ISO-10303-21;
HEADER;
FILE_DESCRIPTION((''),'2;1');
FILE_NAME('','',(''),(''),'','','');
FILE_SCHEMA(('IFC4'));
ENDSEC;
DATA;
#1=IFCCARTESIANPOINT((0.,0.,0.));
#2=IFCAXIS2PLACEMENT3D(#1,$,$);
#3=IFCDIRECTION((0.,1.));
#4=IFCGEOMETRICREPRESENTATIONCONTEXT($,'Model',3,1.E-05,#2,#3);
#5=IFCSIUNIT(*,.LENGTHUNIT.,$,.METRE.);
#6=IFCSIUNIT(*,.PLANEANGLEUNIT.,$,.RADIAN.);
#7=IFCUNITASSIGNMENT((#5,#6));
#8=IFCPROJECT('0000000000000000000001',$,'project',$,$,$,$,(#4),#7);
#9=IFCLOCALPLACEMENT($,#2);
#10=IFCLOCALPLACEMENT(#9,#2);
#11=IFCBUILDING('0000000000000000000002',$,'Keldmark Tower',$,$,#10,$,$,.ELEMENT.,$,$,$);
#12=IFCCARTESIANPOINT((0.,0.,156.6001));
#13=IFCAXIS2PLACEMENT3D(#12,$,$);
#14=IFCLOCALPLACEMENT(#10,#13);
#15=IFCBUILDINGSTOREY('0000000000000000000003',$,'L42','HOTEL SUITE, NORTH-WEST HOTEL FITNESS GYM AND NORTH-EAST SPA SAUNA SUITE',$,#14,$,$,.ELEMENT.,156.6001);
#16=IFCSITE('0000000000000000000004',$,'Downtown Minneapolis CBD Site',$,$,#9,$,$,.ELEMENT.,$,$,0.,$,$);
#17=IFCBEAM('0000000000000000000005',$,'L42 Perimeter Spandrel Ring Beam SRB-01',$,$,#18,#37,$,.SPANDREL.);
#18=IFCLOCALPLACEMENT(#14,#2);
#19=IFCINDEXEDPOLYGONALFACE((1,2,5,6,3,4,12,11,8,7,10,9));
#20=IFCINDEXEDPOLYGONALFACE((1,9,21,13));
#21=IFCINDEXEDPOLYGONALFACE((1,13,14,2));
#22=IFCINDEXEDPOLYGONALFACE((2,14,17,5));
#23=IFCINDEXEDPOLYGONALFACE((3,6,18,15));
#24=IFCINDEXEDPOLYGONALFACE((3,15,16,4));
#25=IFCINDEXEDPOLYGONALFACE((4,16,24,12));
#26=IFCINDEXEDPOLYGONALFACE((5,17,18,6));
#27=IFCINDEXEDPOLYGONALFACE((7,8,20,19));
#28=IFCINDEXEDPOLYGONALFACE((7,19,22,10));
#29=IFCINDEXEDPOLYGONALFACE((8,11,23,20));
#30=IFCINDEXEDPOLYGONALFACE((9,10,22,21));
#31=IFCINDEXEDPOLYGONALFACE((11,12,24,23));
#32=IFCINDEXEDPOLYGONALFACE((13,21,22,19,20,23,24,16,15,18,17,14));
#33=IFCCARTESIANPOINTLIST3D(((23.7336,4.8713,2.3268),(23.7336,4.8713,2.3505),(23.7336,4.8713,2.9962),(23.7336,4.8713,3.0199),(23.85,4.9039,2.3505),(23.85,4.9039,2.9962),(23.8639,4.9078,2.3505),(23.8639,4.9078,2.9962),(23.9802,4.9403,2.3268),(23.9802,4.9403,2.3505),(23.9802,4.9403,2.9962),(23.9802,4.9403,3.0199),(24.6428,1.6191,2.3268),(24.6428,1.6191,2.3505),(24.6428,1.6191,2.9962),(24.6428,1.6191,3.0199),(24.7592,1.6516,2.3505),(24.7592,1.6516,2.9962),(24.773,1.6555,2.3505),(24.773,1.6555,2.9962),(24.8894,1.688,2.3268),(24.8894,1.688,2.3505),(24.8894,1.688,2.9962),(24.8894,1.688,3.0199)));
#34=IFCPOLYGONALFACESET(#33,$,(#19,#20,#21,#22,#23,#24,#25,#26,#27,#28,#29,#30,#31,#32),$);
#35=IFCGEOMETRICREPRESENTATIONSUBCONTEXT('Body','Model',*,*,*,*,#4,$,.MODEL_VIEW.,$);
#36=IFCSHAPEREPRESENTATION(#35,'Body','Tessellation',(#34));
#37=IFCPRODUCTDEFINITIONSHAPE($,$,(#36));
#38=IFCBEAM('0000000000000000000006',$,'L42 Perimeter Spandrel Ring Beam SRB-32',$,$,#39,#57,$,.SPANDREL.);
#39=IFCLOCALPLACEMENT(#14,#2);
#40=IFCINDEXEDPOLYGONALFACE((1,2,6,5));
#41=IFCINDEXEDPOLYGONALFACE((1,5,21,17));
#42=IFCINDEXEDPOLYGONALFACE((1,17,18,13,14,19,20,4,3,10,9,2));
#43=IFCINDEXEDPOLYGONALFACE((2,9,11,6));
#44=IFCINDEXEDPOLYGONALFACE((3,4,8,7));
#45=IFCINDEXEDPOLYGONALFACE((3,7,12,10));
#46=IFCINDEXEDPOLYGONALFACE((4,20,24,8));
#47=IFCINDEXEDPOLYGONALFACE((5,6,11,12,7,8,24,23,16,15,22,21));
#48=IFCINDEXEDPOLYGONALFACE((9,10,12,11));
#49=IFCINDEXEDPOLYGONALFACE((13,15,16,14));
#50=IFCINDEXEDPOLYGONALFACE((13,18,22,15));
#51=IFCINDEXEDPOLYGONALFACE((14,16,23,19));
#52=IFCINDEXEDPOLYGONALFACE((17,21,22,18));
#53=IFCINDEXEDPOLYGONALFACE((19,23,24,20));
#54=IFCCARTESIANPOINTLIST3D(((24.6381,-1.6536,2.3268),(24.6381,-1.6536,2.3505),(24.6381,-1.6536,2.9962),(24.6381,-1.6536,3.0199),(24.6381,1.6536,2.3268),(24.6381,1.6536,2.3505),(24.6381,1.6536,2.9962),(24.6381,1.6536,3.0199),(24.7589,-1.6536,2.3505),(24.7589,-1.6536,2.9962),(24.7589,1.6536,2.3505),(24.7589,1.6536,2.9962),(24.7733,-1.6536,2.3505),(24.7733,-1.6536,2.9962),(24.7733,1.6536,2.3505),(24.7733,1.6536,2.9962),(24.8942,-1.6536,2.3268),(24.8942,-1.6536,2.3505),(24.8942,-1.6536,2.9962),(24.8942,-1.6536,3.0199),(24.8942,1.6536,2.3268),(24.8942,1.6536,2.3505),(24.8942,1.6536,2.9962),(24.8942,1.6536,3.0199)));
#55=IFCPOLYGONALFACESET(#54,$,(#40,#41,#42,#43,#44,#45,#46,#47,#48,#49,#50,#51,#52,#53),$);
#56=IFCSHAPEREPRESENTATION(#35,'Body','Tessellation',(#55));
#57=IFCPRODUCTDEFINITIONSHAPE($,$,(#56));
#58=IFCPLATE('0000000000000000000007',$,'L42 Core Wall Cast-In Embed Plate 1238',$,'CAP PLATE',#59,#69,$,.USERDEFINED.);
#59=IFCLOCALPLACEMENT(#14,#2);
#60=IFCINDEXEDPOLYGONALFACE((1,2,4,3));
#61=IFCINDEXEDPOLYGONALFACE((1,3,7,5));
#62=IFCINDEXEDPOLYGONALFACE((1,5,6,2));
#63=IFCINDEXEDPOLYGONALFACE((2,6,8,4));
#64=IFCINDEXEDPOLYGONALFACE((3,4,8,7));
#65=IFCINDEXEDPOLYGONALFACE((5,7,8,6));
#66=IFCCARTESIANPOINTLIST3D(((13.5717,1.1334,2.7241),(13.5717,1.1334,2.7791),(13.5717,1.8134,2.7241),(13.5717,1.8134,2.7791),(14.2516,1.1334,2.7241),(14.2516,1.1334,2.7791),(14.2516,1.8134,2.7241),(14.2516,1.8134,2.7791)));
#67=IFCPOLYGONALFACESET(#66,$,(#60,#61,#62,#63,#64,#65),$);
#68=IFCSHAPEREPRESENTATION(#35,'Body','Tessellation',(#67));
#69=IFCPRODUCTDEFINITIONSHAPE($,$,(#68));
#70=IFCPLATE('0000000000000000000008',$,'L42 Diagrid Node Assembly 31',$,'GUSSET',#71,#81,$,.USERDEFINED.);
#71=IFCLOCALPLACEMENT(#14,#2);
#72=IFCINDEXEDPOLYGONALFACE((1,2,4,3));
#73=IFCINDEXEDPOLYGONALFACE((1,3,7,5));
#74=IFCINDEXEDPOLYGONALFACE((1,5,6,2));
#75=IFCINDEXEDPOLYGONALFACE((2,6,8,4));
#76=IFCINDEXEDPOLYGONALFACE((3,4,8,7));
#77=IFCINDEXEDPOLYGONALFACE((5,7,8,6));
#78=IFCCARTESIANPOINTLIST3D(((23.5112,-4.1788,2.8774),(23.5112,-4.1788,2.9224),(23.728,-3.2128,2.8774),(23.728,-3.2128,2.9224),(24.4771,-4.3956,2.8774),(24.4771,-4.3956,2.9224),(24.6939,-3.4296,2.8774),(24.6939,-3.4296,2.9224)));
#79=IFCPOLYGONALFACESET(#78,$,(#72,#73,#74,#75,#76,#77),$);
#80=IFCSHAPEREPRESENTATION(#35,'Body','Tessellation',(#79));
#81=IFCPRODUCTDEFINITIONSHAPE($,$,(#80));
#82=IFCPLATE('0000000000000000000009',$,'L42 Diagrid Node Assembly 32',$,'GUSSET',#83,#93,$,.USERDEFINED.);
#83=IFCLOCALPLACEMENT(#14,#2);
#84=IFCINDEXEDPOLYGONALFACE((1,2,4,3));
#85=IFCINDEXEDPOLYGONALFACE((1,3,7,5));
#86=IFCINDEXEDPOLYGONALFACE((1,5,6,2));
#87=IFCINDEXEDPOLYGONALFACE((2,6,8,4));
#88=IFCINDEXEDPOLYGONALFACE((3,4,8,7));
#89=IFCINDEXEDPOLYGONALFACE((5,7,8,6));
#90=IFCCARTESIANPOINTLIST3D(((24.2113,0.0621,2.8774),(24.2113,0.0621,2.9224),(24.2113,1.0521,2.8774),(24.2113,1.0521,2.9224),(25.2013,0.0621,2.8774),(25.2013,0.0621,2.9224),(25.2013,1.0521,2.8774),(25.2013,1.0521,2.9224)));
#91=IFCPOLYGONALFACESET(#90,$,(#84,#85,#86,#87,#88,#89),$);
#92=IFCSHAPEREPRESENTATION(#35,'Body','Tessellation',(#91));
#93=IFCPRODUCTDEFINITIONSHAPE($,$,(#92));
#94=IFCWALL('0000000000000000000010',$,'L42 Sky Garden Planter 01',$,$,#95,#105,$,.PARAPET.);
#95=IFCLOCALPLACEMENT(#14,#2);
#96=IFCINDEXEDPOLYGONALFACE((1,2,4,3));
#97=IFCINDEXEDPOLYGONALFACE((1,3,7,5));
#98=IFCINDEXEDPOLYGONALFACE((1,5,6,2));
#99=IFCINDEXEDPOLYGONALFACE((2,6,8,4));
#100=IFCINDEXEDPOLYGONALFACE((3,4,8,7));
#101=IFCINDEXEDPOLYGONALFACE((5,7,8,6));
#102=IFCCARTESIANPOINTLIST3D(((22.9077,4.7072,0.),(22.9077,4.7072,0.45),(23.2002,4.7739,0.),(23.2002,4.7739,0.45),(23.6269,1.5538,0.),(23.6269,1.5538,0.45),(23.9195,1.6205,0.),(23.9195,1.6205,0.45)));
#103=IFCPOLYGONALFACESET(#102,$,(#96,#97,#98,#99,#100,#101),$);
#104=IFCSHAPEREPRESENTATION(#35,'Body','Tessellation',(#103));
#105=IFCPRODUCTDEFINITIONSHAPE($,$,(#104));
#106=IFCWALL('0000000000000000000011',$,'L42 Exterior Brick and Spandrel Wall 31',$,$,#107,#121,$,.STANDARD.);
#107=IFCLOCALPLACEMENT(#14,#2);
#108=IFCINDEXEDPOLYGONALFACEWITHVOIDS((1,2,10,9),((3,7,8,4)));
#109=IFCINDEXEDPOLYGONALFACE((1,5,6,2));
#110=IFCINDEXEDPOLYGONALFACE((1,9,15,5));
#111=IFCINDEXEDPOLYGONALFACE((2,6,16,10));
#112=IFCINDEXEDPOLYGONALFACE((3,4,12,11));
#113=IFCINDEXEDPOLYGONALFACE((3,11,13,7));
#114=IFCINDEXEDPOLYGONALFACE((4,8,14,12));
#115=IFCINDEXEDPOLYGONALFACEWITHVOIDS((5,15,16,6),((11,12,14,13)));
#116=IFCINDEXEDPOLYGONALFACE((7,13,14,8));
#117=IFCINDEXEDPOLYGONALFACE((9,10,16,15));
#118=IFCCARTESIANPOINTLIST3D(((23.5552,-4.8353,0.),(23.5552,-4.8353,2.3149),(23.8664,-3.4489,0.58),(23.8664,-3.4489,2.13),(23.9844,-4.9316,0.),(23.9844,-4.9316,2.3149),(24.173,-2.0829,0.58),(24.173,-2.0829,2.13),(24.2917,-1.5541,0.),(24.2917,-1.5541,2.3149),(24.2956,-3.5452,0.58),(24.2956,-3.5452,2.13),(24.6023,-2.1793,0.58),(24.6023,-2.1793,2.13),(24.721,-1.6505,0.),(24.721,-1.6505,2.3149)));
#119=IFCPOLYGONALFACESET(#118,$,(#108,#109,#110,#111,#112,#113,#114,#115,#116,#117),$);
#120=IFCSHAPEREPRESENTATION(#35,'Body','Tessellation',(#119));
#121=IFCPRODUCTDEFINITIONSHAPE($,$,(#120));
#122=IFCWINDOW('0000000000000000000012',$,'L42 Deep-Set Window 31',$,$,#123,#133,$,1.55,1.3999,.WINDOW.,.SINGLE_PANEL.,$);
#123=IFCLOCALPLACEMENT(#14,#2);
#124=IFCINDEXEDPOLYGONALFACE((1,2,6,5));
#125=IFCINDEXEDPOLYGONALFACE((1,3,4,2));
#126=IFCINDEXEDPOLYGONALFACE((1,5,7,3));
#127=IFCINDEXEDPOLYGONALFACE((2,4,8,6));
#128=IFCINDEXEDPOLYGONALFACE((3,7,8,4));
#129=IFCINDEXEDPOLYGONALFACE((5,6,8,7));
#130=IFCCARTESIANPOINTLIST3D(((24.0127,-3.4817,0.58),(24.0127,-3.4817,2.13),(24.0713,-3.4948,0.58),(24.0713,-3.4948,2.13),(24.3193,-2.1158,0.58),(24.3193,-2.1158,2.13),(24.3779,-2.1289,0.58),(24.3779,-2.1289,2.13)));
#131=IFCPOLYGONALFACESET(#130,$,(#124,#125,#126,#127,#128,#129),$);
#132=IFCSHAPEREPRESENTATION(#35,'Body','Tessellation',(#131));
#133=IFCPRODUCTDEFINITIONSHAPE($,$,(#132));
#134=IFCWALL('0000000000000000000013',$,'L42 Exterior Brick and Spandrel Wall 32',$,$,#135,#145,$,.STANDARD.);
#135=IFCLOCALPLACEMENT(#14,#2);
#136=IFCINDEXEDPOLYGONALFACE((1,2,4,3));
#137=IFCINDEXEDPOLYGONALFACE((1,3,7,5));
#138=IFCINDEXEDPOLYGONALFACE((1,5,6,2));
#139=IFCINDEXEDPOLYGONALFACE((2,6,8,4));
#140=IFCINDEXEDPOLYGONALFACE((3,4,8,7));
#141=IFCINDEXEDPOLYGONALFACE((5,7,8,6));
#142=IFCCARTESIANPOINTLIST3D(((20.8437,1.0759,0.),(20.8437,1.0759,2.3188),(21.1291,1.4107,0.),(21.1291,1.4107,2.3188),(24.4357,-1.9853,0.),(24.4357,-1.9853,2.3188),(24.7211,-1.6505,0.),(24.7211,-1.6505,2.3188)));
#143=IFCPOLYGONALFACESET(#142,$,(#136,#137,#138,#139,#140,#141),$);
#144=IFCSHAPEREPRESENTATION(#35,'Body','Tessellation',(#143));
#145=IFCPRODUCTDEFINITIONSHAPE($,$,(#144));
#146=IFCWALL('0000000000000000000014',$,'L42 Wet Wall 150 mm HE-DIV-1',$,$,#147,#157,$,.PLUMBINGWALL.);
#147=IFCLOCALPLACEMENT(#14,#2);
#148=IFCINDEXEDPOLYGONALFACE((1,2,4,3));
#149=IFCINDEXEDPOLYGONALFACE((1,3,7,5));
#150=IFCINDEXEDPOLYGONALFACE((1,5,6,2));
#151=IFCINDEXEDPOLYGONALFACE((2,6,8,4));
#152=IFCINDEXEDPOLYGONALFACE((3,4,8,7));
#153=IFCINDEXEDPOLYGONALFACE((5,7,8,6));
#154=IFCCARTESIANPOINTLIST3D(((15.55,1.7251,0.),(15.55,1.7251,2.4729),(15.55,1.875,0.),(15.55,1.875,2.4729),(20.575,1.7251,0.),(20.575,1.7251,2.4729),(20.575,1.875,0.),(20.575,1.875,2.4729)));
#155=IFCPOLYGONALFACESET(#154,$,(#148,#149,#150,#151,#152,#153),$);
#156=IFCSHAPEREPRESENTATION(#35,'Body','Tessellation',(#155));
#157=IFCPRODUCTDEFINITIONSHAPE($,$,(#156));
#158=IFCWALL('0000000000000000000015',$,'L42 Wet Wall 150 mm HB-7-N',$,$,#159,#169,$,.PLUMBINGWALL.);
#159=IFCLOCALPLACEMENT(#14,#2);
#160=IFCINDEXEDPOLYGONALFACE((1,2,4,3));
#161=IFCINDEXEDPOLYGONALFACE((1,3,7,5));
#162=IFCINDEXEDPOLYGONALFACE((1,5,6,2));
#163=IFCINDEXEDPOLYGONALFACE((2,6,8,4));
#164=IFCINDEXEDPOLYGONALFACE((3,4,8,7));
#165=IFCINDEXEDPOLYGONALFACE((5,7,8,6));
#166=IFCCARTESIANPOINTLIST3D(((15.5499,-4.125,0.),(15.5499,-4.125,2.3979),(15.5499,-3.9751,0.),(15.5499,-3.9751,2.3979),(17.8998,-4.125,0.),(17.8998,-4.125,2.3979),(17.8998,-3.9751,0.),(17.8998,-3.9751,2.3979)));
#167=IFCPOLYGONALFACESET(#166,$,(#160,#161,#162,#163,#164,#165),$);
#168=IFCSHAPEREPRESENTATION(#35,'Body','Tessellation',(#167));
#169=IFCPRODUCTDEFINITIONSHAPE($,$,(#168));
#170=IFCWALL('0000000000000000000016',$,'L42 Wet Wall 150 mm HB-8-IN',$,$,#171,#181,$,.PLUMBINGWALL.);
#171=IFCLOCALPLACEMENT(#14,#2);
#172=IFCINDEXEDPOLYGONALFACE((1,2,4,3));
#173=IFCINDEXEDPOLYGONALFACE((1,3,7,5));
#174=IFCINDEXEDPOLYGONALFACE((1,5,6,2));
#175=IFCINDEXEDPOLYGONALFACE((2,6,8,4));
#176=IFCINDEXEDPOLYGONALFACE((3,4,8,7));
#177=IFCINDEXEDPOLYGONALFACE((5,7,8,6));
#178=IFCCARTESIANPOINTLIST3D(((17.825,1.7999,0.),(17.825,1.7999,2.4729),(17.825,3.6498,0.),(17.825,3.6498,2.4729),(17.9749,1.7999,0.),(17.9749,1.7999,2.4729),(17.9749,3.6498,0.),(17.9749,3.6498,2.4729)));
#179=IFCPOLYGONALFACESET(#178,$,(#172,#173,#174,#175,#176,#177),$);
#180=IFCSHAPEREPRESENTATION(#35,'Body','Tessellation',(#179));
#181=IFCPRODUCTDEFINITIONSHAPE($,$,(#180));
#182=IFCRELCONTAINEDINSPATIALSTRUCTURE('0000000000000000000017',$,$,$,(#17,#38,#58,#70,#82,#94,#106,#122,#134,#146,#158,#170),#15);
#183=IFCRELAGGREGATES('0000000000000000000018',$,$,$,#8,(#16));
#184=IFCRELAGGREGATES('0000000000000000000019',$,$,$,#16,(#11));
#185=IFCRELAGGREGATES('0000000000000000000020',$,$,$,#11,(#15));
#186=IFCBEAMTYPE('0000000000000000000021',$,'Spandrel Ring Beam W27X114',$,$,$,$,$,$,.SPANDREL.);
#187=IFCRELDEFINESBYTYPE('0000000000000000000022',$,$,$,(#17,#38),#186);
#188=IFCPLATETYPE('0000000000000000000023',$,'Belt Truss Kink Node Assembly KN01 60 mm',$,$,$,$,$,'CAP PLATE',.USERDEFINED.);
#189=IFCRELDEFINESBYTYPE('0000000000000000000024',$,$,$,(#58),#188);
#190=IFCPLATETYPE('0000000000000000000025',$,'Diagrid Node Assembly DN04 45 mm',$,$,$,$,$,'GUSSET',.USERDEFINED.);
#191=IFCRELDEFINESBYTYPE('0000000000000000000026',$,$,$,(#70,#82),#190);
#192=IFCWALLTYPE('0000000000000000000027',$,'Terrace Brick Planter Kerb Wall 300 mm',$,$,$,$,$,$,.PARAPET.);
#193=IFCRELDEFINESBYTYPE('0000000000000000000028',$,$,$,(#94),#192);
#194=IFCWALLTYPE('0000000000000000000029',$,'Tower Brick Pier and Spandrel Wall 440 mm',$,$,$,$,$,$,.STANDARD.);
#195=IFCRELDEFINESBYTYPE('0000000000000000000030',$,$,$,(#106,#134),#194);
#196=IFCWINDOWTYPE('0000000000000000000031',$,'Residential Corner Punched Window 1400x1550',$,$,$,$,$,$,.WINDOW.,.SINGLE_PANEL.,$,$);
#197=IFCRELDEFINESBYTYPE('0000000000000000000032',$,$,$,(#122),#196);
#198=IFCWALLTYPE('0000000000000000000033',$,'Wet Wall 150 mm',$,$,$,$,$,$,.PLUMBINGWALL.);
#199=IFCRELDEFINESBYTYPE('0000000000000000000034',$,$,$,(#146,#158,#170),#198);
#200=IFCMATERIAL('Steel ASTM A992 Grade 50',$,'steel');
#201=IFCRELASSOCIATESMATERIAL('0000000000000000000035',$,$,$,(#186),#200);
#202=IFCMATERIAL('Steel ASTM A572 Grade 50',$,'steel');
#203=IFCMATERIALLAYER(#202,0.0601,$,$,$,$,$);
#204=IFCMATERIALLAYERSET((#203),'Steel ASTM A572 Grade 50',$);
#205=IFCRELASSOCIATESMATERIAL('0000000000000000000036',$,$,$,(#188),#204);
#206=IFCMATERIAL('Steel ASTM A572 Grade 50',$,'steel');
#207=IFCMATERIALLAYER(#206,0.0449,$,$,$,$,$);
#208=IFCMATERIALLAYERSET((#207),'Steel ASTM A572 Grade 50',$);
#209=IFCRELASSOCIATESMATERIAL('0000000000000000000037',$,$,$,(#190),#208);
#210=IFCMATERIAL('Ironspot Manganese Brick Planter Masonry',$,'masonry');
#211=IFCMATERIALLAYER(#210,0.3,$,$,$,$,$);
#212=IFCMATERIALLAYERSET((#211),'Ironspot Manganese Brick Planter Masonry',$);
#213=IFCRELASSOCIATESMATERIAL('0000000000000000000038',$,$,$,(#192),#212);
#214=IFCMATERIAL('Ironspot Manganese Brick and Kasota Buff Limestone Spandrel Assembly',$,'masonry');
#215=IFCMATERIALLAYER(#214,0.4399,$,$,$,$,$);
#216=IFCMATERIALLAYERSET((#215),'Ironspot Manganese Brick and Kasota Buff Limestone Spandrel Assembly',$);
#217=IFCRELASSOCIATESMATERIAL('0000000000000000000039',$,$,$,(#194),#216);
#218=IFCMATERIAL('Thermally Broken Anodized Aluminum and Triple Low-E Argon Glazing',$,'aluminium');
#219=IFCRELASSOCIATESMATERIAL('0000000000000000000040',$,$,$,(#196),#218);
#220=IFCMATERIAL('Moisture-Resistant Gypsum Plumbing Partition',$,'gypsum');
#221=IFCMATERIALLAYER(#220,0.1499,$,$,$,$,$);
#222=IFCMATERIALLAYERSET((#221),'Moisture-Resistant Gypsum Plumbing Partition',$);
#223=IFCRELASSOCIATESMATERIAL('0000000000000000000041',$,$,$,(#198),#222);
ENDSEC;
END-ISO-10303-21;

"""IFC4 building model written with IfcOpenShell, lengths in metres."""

from ifc_helpers import new_model, si_unit, direction, frame, frame_2d, origin, origin_2d, place, context, subcontext, project, spatial, rectangle, i_section, extrude, material, layer, layer_set, material_profile, profile_set, type_object, element, fill, save


model = new_model("IFC4")

# Units and contexts
model_context = context("Model", 3, precision=1e-05, world=origin(), true_north=direction((0.0, 1.0)))
body_context = subcontext(model_context, "Body", "Model", "MODEL_VIEW")
ifc_project = project(units=[si_unit("LENGTHUNIT", "METRE"), si_unit("PLANEANGLEUNIT", "RADIAN")], contexts=[model_context])

# Site, building, storey
site_placement = place(None, origin())
site = spatial("IfcSite", under=ifc_project, at=site_placement, Name="Downtown Minneapolis CBD Site", CompositionType="ELEMENT", RefElevation=0.0)
building_placement = place(site_placement, origin())
building = spatial("IfcBuilding", under=site, at=building_placement, Name="Keldmark Tower", CompositionType="ELEMENT")
storey_placement = place(building_placement, frame((0.0, 0.0, 156.6001)))
storey = spatial("IfcBuildingStorey", under=building, at=storey_placement, Name="L42", Description="HOTEL SUITE, NORTH-WEST HOTEL FITNESS GYM AND NORTH-EAST SPA SAUNA SUITE", CompositionType="ELEMENT", Elevation=156.6001)

# Beams
ifc_material_1 = material(Name="Steel ASTM A992 Grade 50", Category="steel")
ifc_material_profile_1 = material_profile(ifc_material_1, i_section(OverallWidth=0.2561, OverallDepth=0.6931, WebThickness=0.0144, FlangeThickness=0.0237, at=origin_2d()), Name="W27X114")
ifc_profile_set_1 = profile_set([ifc_material_profile_1], Name="Steel ASTM A992 Grade 50")
beam_type_1 = type_object("IfcBeamType", Name="Spandrel Ring Beam W27X114", PredefinedType="SPANDREL", material=ifc_profile_set_1)
beam_1_placement = place(storey_placement, frame((24.7661, 1.6536, 2.6733), z_axis=(-0.269236, 0.963074, 0.0), x_axis=(-0.963074, -0.269236, 0.0)))
element("IfcBeam", 1, at=beam_1_placement, inside=storey, type_object=beam_type_1, Name="L42 Perimeter Spandrel Ring Beam SRB-01", PredefinedType="SPANDREL", context=body_context, shape_type="SweptSolid", body=[
    extrude(i_section(OverallWidth=0.2561, OverallDepth=0.6931, WebThickness=0.0144, FlangeThickness=0.0237, at=origin_2d()), origin(), (0.0, 0.0, 1.0), 3.377),
])
beam_2_placement = place(storey_placement, frame((24.7661, -1.6536, 2.6733), z_axis=(0.0, 1.0, 0.0), x_axis=(-1.0, 0.0, 0.0)))
element("IfcBeam", 2, at=beam_2_placement, inside=storey, type_object=beam_type_1, Name="L42 Perimeter Spandrel Ring Beam SRB-32", PredefinedType="SPANDREL", context=body_context, shape_type="SweptSolid", body=[
    extrude(i_section(OverallWidth=0.2561, OverallDepth=0.6931, WebThickness=0.0144, FlangeThickness=0.0237, at=origin_2d()), origin(), (0.0, 0.0, 1.0), 3.3071),
])

# Plates
ifc_material_2 = material(Name="Steel ASTM A572 Grade 50", Category="steel")
ifc_layer_1 = layer(ifc_material_2, 0.0601)
ifc_layer_set_1 = layer_set([ifc_layer_1], Name="Steel ASTM A572 Grade 50")
plate_type_1 = type_object("IfcPlateType", Name="Belt Truss Kink Node Assembly KN01 60 mm", ElementType="CAP PLATE", PredefinedType="USERDEFINED", material=ifc_layer_set_1)
plate_placement = place(storey_placement, frame((13.9116, 1.4734, 2.7241), z_axis=(0.0, 0.0, 1.0), x_axis=(1.0, 0.0, 0.0)))
element("IfcPlate", 3, at=plate_placement, inside=storey, type_object=plate_type_1, Name="L42 Core Wall Cast-In Embed Plate 1238", ObjectType="CAP PLATE", PredefinedType="USERDEFINED", context=body_context, shape_type="SweptSolid", body=[
    extrude(rectangle(XDim=0.6799, YDim=0.6799, at=origin_2d()), origin(), (0.0, 0.0, 1.0), 0.0549),
])
ifc_material_3 = material(Name="Steel ASTM A572 Grade 50", Category="steel")
ifc_layer_2 = layer(ifc_material_3, 0.0449)
ifc_layer_set_2 = layer_set([ifc_layer_2], Name="Steel ASTM A572 Grade 50")
plate_type_2 = type_object("IfcPlateType", Name="Diagrid Node Assembly DN04 45 mm", ElementType="GUSSET", PredefinedType="USERDEFINED", material=ifc_layer_set_2)
for number, where, z_axis, x_axis, name in (
    (4, (24.1025, -3.8042, 2.8774), (0.0, 0.0, 1.0), (0.218995, 0.975726, 0.0), "L42 Diagrid Node Assembly 31"),
    (5, (24.7063, 0.5571, 2.8774), (0.0, 0.0, 1.0), (0.0, 1.0, 0.0), "L42 Diagrid Node Assembly 32"),
):
    element("IfcPlate", number, at=place(storey_placement, frame(where, z_axis=z_axis, x_axis=x_axis)), inside=storey, type_object=plate_type_2, Name=name, ObjectType="GUSSET", PredefinedType="USERDEFINED", context=body_context, shape_type="SweptSolid", body=[
        extrude(rectangle(XDim=0.99, YDim=0.99, at=origin_2d()), origin(), (0.0, 0.0, 1.0), 0.0449),
    ])

# Wall
ifc_material_4 = material(Name="Ironspot Manganese Brick Planter Masonry", Category="masonry")
ifc_layer_3 = layer(ifc_material_4, 0.3)
ifc_layer_set_3 = layer_set([ifc_layer_3], Name="Ironspot Manganese Brick Planter Masonry")
wall_type_1 = type_object("IfcWallType", Name="Terrace Brick Planter Kerb Wall 300 mm", PredefinedType="PARAPET", material=ifc_layer_set_3)
wall_1_placement = place(storey_placement, frame((23.7732, 1.5872, 0.0), z_axis=(0.0, 0.0, 1.0), x_axis=(-0.222378, 0.974961, 0.0)))
element("IfcWall", 6, at=wall_1_placement, inside=storey, type_object=wall_type_1, Name="L42 Sky Garden Planter 01", PredefinedType="PARAPET", context=body_context, shape_type="SweptSolid", body=[
    extrude(rectangle(XDim=3.2344, YDim=0.3, at=frame_2d((1.6172, 0.0))), origin(), (0.0, 0.0, 1.0), 0.45),
])

# Wall, opening, window
ifc_material_5 = material(Name="Ironspot Manganese Brick and Kasota Buff Limestone Spandrel Assembly", Category="masonry")
ifc_layer_4 = layer(ifc_material_5, 0.4399)
ifc_layer_set_4 = layer_set([ifc_layer_4], Name="Ironspot Manganese Brick and Kasota Buff Limestone Spandrel Assembly")
wall_type_2 = type_object("IfcWallType", Name="Tower Brick Pier and Spandrel Wall 440 mm", PredefinedType="STANDARD", material=ifc_layer_set_4)
wall_2_placement = place(storey_placement, frame((24.5063, -1.6023, 0.0), z_axis=(0.0, 0.0, 1.0), x_axis=(-0.219028, -0.975718, 0.0)))
wall_2 = element("IfcWall", 7, at=wall_2_placement, inside=storey, type_object=wall_type_2, Name="L42 Exterior Brick and Spandrel Wall 31", PredefinedType="STANDARD", context=body_context, shape_type="SweptSolid", body=[
    extrude(rectangle(XDim=3.3628, YDim=0.4399, at=frame_2d((1.6814, 0.0))), origin(), (0.0, 0.0, 1.0), 2.3149),
])
opening_1_placement = place(wall_2_placement, frame((0.542, 0.0, 0.5801)))
opening_1 = element("IfcOpeningElement", 8, at=opening_1_placement, cuts=wall_2, PredefinedType="OPENING", context=body_context, shape_type="SweptSolid", body=[
    extrude(rectangle(XDim=1.3999, YDim=1.55, at=frame_2d((0.7, 0.7749))), frame((0.0, 0.23, 0.0), z_axis=(0.0, -1.0, 0.0), x_axis=(1.0, 0.0, 0.0)), (0.0, 0.0, 1.0), 0.46),
])
ifc_material_6 = material(Name="Thermally Broken Anodized Aluminum and Triple Low-E Argon Glazing", Category="aluminium")
window_type = type_object("IfcWindowType", Name="Residential Corner Punched Window 1400x1550", PartitioningType="SINGLE_PANEL", PredefinedType="WINDOW", material=ifc_material_6)
window_placement = place(opening_1_placement, origin())
window = element("IfcWindow", 9, at=window_placement, inside=storey, type_object=window_type, Name="L42 Deep-Set Window 31", OverallHeight=1.55, OverallWidth=1.3999, PartitioningType="SINGLE_PANEL", PredefinedType="WINDOW", context=body_context, shape_type="SweptSolid", body=[
    extrude(rectangle(XDim=1.3999, YDim=1.55, at=frame_2d((0.7, 0.7749))), frame((0.0, -0.01, 0.0), z_axis=(0.0, -1.0, 0.0), x_axis=(1.0, 0.0, 0.0)), (0.0, 0.0, 1.0), 0.0601),
])
fill(opening_1, window)

# Wall
wall_3_placement = place(storey_placement, frame((20.9863, 1.2434, 0.0), z_axis=(0.0, 0.0, 1.0), x_axis=(0.761098, -0.648637, 0.0)))
element("IfcWall", 10, at=wall_3_placement, inside=storey, type_object=wall_type_2, Name="L42 Exterior Brick and Spandrel Wall 32", PredefinedType="STANDARD", context=body_context, shape_type="SweptSolid", body=[
    extrude(rectangle(XDim=4.7195, YDim=0.4399, at=frame_2d((2.3599, 0.0))), origin(), (0.0, 0.0, 1.0), 2.3188),
])

# Walls
ifc_material_7 = material(Name="Moisture-Resistant Gypsum Plumbing Partition", Category="gypsum")
ifc_layer_5 = layer(ifc_material_7, 0.1499)
ifc_layer_set_5 = layer_set([ifc_layer_5], Name="Moisture-Resistant Gypsum Plumbing Partition")
wall_type_3 = type_object("IfcWallType", Name="Wet Wall 150 mm", PredefinedType="PLUMBINGWALL", material=ifc_layer_set_5)
wall_4_placement = place(storey_placement, frame((15.55, 1.8, 0.0), z_axis=(0.0, 0.0, 1.0), x_axis=(1.0, 0.0, 0.0)))
element("IfcWall", 11, at=wall_4_placement, inside=storey, type_object=wall_type_3, Name="L42 Wet Wall 150 mm HE-DIV-1", PredefinedType="PLUMBINGWALL", context=body_context, shape_type="SweptSolid", body=[
    extrude(rectangle(XDim=5.0249, YDim=0.1499, at=frame_2d((2.5125, 0.0))), origin(), (0.0, 0.0, 1.0), 2.4729),
])
wall_5_placement = place(storey_placement, frame((15.55, -4.05, 0.0), z_axis=(0.0, 0.0, 1.0), x_axis=(1.0, 0.0, 0.0)))
element("IfcWall", 12, at=wall_5_placement, inside=storey, type_object=wall_type_3, Name="L42 Wet Wall 150 mm HB-7-N", PredefinedType="PLUMBINGWALL", context=body_context, shape_type="SweptSolid", body=[
    extrude(rectangle(XDim=2.3499, YDim=0.1499, at=frame_2d((1.1748, 0.0))), origin(), (0.0, 0.0, 1.0), 2.3979),
])
wall_6_placement = place(storey_placement, frame((17.8999, 1.8, 0.0), z_axis=(0.0, 0.0, 1.0), x_axis=(0.0, 1.0, 0.0)))
element("IfcWall", 13, at=wall_6_placement, inside=storey, type_object=wall_type_3, Name="L42 Wet Wall 150 mm HB-8-IN", PredefinedType="PLUMBINGWALL", context=body_context, shape_type="SweptSolid", body=[
    extrude(rectangle(XDim=1.8499, YDim=0.1499, at=frame_2d((0.9248, 0.0))), origin(), (0.0, 0.0, 1.0), 2.4729),
])

save(model, "model.ifc")
